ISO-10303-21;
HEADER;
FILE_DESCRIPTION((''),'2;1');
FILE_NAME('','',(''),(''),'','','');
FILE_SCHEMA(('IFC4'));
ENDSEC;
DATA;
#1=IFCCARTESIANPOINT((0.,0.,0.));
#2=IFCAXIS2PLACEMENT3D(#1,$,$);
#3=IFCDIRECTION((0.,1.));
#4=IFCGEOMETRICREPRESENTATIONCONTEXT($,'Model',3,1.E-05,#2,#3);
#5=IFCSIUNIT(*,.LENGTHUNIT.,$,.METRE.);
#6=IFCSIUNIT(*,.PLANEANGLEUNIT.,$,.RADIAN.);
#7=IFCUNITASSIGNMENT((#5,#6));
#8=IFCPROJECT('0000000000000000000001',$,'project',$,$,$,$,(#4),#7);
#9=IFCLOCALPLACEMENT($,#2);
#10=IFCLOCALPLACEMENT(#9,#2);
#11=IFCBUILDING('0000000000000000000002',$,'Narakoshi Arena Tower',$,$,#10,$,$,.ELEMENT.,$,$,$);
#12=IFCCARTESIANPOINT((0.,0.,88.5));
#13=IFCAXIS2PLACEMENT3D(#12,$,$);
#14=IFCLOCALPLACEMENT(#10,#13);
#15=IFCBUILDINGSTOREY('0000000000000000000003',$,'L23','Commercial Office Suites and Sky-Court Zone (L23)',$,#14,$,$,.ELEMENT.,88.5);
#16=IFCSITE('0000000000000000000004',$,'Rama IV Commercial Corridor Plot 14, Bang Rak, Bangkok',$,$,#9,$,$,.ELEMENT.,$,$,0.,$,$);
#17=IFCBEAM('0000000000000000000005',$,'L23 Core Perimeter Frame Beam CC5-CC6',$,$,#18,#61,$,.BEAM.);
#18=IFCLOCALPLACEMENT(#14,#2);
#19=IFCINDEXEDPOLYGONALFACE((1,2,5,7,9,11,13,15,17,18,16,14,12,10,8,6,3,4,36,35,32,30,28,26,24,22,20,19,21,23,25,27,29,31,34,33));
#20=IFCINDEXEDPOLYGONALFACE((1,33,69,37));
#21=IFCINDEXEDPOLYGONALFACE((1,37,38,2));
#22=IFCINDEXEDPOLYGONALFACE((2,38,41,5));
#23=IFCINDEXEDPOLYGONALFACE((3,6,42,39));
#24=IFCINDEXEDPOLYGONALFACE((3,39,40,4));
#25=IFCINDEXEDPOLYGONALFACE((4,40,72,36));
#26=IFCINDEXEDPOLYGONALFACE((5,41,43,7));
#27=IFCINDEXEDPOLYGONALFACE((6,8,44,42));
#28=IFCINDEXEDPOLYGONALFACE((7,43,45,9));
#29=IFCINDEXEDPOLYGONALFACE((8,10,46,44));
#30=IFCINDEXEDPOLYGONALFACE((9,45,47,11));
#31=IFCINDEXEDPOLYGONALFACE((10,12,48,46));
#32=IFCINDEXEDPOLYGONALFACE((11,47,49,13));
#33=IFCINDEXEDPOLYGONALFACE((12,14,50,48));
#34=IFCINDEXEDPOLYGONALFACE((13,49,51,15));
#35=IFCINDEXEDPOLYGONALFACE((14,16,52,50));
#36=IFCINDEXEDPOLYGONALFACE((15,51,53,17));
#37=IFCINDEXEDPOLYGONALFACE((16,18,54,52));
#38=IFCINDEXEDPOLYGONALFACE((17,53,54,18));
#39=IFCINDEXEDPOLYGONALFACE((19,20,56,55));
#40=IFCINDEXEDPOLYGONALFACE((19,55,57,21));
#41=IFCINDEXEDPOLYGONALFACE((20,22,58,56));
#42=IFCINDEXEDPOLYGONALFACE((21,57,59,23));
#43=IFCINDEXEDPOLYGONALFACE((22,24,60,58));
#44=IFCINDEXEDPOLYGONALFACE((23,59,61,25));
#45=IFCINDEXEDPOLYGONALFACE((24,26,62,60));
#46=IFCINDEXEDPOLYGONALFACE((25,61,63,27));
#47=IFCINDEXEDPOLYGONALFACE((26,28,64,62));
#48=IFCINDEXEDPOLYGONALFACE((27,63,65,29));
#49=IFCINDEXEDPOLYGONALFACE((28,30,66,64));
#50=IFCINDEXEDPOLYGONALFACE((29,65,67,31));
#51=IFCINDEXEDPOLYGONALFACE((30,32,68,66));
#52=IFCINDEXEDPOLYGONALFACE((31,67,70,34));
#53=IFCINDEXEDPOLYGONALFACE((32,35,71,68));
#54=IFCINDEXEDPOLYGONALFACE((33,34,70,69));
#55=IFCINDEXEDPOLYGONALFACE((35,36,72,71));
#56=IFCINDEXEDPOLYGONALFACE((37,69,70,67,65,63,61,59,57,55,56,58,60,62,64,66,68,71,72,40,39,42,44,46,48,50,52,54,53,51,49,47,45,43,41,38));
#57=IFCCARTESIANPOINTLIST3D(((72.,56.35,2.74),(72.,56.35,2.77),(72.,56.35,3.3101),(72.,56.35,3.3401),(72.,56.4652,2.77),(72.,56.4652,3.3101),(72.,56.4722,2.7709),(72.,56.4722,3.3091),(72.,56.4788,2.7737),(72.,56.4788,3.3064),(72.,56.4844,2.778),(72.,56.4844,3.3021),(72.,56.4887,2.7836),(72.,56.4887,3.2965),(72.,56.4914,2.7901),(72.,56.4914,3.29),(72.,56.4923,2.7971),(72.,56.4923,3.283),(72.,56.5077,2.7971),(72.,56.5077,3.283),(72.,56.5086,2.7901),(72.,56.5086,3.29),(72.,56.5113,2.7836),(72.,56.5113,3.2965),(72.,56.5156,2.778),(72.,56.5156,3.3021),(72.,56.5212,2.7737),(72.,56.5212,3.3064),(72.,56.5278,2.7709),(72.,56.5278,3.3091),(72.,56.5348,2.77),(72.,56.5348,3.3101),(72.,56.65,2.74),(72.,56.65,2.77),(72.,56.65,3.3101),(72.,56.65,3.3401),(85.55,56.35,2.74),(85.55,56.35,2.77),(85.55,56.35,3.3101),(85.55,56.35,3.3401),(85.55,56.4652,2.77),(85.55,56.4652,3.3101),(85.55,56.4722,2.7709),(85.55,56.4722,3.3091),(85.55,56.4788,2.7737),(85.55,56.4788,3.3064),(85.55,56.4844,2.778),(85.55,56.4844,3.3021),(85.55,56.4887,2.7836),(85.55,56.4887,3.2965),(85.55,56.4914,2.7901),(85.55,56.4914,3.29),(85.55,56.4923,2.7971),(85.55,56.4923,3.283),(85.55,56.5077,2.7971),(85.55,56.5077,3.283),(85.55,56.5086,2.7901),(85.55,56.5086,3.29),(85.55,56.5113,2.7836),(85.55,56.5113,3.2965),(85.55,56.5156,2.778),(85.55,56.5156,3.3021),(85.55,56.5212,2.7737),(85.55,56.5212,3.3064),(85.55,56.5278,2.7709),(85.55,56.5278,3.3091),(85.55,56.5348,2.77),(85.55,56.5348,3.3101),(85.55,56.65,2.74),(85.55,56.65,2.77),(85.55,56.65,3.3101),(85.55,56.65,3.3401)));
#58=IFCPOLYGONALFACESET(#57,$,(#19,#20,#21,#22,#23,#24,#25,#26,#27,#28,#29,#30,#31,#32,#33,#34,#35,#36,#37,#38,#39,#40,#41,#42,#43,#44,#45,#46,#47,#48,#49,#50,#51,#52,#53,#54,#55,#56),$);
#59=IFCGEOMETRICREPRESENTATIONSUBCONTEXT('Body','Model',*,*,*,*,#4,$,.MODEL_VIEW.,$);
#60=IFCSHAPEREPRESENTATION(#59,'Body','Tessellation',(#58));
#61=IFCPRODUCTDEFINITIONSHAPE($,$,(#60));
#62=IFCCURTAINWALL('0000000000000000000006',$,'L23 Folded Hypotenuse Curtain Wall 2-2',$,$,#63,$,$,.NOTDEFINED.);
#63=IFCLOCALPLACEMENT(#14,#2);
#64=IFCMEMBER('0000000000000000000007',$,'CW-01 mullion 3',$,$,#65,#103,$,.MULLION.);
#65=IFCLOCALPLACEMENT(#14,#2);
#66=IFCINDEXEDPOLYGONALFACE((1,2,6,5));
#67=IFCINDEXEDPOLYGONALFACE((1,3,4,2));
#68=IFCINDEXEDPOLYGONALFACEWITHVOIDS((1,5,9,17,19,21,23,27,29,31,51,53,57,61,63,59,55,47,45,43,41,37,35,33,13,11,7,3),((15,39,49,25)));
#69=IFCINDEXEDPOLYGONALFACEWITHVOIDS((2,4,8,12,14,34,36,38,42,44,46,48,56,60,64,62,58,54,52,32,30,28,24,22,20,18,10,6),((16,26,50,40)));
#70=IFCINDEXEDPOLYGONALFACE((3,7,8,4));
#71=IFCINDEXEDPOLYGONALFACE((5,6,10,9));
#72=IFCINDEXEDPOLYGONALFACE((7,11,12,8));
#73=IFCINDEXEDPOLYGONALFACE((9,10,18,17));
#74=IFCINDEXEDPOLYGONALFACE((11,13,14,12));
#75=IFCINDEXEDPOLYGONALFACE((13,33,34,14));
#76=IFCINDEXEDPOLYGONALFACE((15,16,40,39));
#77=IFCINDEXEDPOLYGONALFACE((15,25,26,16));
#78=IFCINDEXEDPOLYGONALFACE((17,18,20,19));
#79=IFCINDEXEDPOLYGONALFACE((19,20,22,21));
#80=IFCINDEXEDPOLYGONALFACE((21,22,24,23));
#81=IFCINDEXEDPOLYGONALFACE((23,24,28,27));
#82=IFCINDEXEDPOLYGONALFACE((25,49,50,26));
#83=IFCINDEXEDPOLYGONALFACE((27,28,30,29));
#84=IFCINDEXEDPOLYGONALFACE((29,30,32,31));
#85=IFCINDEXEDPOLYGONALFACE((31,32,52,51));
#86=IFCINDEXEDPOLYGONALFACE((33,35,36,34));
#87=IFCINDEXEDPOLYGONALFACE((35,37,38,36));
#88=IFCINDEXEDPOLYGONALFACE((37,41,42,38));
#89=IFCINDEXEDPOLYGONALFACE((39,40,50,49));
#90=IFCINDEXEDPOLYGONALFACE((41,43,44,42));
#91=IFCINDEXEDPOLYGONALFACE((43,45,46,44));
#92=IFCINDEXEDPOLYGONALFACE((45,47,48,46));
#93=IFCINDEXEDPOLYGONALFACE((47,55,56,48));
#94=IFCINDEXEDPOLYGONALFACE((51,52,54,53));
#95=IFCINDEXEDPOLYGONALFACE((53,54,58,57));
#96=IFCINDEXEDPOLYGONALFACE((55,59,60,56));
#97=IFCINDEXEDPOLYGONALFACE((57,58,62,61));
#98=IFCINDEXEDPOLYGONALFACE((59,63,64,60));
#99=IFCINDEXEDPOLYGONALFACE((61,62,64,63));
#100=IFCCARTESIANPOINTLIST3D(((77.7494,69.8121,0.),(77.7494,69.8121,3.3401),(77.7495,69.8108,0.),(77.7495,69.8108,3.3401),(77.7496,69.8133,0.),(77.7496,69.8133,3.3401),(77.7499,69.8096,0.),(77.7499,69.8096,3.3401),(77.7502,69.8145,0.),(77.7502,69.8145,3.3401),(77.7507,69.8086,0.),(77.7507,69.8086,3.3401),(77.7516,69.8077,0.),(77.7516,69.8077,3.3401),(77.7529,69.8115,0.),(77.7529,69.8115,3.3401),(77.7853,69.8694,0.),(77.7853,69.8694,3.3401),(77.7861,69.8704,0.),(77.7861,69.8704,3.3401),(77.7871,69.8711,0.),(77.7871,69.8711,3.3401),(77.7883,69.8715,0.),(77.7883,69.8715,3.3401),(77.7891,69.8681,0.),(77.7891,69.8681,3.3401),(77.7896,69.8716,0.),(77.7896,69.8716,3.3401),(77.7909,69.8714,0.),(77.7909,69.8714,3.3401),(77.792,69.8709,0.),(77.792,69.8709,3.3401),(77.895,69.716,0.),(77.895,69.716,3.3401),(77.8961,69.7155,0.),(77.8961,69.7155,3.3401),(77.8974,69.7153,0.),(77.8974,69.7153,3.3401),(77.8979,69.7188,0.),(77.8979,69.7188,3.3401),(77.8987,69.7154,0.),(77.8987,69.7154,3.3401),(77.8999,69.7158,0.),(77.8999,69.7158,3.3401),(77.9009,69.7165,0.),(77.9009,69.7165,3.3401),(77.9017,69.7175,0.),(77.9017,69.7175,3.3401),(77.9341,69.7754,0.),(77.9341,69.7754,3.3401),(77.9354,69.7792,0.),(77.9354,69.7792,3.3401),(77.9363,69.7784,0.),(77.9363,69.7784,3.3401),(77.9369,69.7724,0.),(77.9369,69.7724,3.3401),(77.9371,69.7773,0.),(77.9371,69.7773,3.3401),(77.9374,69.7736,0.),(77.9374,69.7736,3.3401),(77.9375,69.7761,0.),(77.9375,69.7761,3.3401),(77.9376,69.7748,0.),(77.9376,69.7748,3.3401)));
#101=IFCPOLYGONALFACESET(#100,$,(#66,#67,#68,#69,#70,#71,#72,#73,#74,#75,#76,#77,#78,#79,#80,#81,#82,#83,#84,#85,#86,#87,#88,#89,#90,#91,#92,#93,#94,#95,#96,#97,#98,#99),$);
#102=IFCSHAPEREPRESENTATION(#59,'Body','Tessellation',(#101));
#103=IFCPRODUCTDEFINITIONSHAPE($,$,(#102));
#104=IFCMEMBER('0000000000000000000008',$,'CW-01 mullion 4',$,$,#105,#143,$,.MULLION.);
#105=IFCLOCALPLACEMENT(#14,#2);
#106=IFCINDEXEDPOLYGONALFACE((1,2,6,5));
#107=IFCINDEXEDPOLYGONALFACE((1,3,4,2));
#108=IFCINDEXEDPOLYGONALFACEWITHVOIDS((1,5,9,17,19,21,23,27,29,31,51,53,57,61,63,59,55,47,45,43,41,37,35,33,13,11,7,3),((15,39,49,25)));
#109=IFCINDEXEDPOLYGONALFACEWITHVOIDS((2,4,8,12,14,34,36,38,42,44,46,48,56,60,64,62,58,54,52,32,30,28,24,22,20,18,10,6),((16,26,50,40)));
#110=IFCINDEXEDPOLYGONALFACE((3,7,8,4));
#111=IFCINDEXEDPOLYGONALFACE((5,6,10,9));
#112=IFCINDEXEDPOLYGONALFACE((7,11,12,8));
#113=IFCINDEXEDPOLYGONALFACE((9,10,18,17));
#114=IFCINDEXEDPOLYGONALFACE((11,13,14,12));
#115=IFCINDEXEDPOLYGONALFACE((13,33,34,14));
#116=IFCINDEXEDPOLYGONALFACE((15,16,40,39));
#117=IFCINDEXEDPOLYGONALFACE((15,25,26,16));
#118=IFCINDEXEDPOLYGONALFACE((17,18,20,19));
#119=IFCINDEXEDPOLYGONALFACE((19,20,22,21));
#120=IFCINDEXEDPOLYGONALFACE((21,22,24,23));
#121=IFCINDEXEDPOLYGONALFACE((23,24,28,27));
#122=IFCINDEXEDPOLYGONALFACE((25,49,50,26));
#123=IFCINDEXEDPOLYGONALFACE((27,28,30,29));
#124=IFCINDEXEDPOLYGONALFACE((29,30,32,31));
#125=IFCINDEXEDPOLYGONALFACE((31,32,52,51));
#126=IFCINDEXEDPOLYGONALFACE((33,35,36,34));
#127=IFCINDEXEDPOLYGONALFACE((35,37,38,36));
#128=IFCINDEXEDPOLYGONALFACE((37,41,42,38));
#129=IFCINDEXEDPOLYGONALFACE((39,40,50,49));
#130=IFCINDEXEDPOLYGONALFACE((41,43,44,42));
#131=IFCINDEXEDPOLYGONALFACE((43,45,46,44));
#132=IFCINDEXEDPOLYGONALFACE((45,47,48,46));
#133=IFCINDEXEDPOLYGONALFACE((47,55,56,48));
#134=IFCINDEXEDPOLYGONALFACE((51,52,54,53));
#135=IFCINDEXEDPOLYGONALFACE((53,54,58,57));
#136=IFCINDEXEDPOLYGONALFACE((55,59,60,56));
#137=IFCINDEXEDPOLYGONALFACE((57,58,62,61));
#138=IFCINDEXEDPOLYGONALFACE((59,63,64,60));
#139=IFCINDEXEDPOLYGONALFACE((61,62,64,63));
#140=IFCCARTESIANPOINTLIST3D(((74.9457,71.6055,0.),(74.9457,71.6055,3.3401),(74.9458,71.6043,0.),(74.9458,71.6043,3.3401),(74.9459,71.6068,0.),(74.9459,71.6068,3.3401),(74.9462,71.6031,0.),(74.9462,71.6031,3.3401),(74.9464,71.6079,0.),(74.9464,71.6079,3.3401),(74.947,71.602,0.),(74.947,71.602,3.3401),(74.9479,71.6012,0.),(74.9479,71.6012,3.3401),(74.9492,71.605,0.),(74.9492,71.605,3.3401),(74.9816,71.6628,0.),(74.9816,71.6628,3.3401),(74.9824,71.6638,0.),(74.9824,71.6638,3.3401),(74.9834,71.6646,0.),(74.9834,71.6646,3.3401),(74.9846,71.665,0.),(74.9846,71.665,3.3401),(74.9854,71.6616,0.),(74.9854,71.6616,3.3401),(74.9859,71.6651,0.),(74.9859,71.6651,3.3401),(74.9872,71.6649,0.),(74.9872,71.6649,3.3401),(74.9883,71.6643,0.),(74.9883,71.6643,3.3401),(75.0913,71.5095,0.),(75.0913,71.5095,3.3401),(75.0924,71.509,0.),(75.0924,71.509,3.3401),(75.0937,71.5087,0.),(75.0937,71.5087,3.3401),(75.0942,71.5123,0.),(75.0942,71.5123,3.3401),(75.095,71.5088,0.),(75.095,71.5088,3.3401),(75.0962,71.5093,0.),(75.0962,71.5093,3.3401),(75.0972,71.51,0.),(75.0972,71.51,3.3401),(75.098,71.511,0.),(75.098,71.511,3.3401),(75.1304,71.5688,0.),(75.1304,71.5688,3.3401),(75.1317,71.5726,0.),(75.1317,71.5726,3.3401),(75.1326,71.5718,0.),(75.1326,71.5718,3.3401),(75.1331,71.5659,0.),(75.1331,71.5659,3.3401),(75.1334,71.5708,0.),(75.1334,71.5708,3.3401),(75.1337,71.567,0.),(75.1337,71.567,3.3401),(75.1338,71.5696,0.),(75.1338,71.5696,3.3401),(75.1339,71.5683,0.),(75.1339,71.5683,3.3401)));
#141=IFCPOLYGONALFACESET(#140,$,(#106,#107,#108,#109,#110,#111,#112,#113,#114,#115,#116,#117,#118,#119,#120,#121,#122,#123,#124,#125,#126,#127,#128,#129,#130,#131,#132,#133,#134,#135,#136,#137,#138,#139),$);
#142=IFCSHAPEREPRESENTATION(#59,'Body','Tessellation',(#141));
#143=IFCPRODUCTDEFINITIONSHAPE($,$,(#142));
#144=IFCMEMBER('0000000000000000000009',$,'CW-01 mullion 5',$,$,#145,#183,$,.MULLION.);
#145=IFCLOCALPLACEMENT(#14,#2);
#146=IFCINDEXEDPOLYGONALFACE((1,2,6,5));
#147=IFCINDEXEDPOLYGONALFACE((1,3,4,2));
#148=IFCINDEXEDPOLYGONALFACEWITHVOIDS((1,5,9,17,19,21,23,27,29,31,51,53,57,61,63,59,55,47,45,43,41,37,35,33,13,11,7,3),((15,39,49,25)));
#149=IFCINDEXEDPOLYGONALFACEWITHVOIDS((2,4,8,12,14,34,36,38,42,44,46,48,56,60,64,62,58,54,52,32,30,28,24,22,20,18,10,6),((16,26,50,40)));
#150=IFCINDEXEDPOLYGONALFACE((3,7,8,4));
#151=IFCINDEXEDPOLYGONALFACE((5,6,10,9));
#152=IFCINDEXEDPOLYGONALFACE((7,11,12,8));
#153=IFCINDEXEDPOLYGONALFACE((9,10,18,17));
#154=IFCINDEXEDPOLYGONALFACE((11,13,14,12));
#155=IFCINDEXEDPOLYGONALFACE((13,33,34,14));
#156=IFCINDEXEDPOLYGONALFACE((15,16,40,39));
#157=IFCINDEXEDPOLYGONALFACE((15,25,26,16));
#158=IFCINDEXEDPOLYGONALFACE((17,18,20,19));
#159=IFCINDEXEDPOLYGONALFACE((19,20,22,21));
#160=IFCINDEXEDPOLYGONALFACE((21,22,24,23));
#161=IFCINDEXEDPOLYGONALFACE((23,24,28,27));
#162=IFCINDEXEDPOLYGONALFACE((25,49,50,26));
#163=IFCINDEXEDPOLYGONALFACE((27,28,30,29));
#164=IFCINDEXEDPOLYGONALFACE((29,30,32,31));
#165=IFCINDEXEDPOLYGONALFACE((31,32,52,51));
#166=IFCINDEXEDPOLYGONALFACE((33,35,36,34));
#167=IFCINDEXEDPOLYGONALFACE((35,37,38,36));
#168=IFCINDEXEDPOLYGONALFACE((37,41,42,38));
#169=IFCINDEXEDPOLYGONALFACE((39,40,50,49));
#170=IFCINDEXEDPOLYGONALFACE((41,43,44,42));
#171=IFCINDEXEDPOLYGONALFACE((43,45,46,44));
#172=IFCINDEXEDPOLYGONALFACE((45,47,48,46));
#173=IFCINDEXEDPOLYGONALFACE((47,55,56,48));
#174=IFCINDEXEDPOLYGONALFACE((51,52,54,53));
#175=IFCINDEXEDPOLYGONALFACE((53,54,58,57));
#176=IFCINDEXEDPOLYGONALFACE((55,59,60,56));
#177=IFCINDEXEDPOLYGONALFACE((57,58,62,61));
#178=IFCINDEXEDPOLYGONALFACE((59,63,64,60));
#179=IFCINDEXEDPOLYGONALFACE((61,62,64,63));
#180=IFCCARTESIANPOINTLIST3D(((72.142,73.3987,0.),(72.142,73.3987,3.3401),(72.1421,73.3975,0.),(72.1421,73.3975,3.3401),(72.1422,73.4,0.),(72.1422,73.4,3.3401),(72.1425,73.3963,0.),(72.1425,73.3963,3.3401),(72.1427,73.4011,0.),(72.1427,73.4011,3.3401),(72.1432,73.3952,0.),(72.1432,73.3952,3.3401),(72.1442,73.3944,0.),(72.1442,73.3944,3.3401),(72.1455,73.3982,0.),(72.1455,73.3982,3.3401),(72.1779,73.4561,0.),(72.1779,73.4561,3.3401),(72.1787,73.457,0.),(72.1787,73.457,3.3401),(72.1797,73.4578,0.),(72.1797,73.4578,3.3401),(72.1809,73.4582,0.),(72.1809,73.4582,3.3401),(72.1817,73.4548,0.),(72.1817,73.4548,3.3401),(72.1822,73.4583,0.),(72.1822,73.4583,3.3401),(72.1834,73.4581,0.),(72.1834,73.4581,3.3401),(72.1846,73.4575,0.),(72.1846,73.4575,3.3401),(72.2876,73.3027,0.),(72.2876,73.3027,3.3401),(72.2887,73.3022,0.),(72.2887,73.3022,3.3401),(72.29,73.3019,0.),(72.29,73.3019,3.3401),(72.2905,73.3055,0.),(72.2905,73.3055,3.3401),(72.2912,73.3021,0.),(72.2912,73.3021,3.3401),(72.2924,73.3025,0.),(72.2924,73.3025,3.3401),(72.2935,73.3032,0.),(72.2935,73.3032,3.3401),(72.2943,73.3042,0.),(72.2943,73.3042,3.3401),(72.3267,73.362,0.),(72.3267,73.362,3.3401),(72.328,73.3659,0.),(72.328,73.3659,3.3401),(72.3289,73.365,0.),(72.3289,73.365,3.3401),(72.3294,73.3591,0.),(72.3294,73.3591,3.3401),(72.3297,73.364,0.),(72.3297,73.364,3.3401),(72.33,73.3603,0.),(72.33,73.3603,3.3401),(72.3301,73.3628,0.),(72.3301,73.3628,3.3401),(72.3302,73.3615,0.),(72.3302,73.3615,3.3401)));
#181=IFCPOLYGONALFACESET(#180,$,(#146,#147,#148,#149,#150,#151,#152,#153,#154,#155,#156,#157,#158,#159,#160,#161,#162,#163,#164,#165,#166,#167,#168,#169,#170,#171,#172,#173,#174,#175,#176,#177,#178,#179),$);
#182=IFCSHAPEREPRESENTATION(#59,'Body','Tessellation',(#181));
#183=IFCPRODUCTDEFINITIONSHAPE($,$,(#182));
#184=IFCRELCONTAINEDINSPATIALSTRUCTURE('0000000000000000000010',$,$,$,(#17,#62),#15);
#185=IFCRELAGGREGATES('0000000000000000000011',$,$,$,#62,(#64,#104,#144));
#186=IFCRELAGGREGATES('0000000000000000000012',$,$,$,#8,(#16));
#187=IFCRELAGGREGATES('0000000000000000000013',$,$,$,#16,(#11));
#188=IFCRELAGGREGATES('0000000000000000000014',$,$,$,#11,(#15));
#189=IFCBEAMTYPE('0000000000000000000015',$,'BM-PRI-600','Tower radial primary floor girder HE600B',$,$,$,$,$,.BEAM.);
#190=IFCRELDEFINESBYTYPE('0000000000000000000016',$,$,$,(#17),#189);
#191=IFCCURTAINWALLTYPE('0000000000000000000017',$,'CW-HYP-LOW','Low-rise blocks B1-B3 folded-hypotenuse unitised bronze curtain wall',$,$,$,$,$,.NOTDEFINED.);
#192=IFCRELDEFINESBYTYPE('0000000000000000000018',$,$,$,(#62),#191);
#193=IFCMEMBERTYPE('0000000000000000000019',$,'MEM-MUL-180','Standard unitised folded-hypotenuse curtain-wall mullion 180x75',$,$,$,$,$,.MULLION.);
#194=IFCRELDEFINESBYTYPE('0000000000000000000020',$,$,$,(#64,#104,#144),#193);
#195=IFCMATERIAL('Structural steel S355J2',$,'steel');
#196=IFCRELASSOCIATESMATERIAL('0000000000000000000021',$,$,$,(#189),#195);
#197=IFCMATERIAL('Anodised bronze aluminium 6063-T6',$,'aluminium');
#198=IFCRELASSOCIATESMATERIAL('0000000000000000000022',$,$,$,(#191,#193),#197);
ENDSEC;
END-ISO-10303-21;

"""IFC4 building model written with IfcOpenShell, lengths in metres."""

from ifc_helpers import new_model, si_unit, direction, frame, origin, origin_2d, place, context, subcontext, project, spatial, hollow_rectangle, i_section, extrude, material, material_profile, profile_set, type_object, element, aggregate, save


model = new_model("IFC4")

# Units and contexts
model_context = context("Model", 3, precision=1e-05, world=origin(), true_north=direction((0.0, 1.0)))
body_context = subcontext(model_context, "Body", "Model", "MODEL_VIEW")
ifc_project = project(units=[si_unit("LENGTHUNIT", "METRE"), si_unit("PLANEANGLEUNIT", "RADIAN")], contexts=[model_context])

# Site, building, storey
site_placement = place(None, origin())
site = spatial("IfcSite", under=ifc_project, at=site_placement, Name="Rama IV Commercial Corridor Plot 14, Bang Rak, Bangkok", CompositionType="ELEMENT", RefElevation=0.0)
building_placement = place(site_placement, origin())
building = spatial("IfcBuilding", under=site, at=building_placement, Name="Narakoshi Arena Tower", CompositionType="ELEMENT")
storey_placement = place(building_placement, frame((0.0, 0.0, 88.5)))
storey = spatial("IfcBuildingStorey", under=building, at=storey_placement, Name="L23", Description="Commercial Office Suites and Sky-Court Zone (L23)", CompositionType="ELEMENT", Elevation=88.5)

# Beam
ifc_material_1 = material(Name="Structural steel S355J2", Category="steel")
ifc_material_profile_1 = material_profile(ifc_material_1, i_section(OverallWidth=0.3, OverallDepth=0.6001, WebThickness=0.0154, FlangeThickness=0.03, FilletRadius=0.0271, at=origin_2d()), Name="HE600B")
ifc_profile_set_1 = profile_set([ifc_material_profile_1], Name="Structural steel S355J2")
beam_type = type_object("IfcBeamType", Name="BM-PRI-600", Description="Tower radial primary floor girder HE600B", PredefinedType="BEAM", material=ifc_profile_set_1)
beam_placement = place(storey_placement, frame((72.0, 56.5, 3.04), z_axis=(1.0, 0.0, 0.0), x_axis=(0.0, 1.0, 0.0)))
element("IfcBeam", 1, at=beam_placement, inside=storey, type_object=beam_type, Name="L23 Core Perimeter Frame Beam CC5-CC6", PredefinedType="BEAM", context=body_context, shape_type="SweptSolid", body=[
    extrude(i_section(OverallWidth=0.3, OverallDepth=0.6001, WebThickness=0.0154, FlangeThickness=0.03, FilletRadius=0.0271, at=origin_2d()), origin(), (0.0, 0.0, 1.0), 13.55),
])

# Curtain wall, members
ifc_material_2 = material(Name="Anodised bronze aluminium 6063-T6", Category="aluminium")
curtain_wall_type = type_object("IfcCurtainWallType", Name="CW-HYP-LOW", Description="Low-rise blocks B1-B3 folded-hypotenuse unitised bronze curtain wall", PredefinedType="NOTDEFINED", material=ifc_material_2)
curtain_wall_placement = place(storey_placement, origin())
curtain_wall = element("IfcCurtainWall", 2, at=curtain_wall_placement, inside=storey, type_object=curtain_wall_type, Name="L23 Folded Hypotenuse Curtain Wall 2-2", PredefinedType="NOTDEFINED")
ifc_material_profile_2 = material_profile(ifc_material_2, hollow_rectangle(XDim=0.075, YDim=0.1799, WallThickness=0.0039, OuterFilletRadius=0.0049, at=origin_2d()), Name="MUL180x75x4")
ifc_profile_set_2 = profile_set([ifc_material_profile_2], Name="Anodised bronze aluminium 6063-T6")
member_type_1 = type_object("IfcMemberType", Name="MEM-MUL-180", Description="Standard unitised folded-hypotenuse curtain-wall mullion 180x75", PredefinedType="MULLION", material=ifc_profile_set_2)
member_1_placement = place(storey_placement, frame((77.8435, 69.7935, 0.0), z_axis=(0.0, 0.0, 1.0), x_axis=(-0.538829, -0.842415, 0.0)))
member_1 = element("IfcMember", 3, at=member_1_placement, type_object=member_type_1, Name="CW-01 mullion 3", PredefinedType="MULLION", context=body_context, shape_type="SweptSolid", body=[
    extrude(hollow_rectangle(XDim=0.075, YDim=0.1799, WallThickness=0.0039, OuterFilletRadius=0.0049, at=origin_2d()), origin(), (0.0, 0.0, 1.0), 3.3401),
])
member_2_placement = place(storey_placement, frame((75.0398, 71.5869, 0.0), z_axis=(0.0, 0.0, 1.0), x_axis=(-0.538829, -0.842415, 0.0)))
member_2 = element("IfcMember", 4, at=member_2_placement, type_object=member_type_1, Name="CW-01 mullion 4", PredefinedType="MULLION", context=body_context, shape_type="SweptSolid", body=[
    extrude(hollow_rectangle(XDim=0.075, YDim=0.1799, WallThickness=0.0039, OuterFilletRadius=0.0049, at=origin_2d()), origin(), (0.0, 0.0, 1.0), 3.3401),
])
member_3_placement = place(storey_placement, frame((72.2361, 73.3801, 0.0), z_axis=(0.0, 0.0, 1.0), x_axis=(-0.538829, -0.842415, 0.0)))
member_3 = element("IfcMember", 5, at=member_3_placement, type_object=member_type_1, Name="CW-01 mullion 5", PredefinedType="MULLION", context=body_context, shape_type="SweptSolid", body=[
    extrude(hollow_rectangle(XDim=0.075, YDim=0.1799, WallThickness=0.0039, OuterFilletRadius=0.0049, at=origin_2d()), origin(), (0.0, 0.0, 1.0), 3.3401),
])
aggregate(curtain_wall, [member_1, member_2, member_3])

save(model, "model.ifc")
